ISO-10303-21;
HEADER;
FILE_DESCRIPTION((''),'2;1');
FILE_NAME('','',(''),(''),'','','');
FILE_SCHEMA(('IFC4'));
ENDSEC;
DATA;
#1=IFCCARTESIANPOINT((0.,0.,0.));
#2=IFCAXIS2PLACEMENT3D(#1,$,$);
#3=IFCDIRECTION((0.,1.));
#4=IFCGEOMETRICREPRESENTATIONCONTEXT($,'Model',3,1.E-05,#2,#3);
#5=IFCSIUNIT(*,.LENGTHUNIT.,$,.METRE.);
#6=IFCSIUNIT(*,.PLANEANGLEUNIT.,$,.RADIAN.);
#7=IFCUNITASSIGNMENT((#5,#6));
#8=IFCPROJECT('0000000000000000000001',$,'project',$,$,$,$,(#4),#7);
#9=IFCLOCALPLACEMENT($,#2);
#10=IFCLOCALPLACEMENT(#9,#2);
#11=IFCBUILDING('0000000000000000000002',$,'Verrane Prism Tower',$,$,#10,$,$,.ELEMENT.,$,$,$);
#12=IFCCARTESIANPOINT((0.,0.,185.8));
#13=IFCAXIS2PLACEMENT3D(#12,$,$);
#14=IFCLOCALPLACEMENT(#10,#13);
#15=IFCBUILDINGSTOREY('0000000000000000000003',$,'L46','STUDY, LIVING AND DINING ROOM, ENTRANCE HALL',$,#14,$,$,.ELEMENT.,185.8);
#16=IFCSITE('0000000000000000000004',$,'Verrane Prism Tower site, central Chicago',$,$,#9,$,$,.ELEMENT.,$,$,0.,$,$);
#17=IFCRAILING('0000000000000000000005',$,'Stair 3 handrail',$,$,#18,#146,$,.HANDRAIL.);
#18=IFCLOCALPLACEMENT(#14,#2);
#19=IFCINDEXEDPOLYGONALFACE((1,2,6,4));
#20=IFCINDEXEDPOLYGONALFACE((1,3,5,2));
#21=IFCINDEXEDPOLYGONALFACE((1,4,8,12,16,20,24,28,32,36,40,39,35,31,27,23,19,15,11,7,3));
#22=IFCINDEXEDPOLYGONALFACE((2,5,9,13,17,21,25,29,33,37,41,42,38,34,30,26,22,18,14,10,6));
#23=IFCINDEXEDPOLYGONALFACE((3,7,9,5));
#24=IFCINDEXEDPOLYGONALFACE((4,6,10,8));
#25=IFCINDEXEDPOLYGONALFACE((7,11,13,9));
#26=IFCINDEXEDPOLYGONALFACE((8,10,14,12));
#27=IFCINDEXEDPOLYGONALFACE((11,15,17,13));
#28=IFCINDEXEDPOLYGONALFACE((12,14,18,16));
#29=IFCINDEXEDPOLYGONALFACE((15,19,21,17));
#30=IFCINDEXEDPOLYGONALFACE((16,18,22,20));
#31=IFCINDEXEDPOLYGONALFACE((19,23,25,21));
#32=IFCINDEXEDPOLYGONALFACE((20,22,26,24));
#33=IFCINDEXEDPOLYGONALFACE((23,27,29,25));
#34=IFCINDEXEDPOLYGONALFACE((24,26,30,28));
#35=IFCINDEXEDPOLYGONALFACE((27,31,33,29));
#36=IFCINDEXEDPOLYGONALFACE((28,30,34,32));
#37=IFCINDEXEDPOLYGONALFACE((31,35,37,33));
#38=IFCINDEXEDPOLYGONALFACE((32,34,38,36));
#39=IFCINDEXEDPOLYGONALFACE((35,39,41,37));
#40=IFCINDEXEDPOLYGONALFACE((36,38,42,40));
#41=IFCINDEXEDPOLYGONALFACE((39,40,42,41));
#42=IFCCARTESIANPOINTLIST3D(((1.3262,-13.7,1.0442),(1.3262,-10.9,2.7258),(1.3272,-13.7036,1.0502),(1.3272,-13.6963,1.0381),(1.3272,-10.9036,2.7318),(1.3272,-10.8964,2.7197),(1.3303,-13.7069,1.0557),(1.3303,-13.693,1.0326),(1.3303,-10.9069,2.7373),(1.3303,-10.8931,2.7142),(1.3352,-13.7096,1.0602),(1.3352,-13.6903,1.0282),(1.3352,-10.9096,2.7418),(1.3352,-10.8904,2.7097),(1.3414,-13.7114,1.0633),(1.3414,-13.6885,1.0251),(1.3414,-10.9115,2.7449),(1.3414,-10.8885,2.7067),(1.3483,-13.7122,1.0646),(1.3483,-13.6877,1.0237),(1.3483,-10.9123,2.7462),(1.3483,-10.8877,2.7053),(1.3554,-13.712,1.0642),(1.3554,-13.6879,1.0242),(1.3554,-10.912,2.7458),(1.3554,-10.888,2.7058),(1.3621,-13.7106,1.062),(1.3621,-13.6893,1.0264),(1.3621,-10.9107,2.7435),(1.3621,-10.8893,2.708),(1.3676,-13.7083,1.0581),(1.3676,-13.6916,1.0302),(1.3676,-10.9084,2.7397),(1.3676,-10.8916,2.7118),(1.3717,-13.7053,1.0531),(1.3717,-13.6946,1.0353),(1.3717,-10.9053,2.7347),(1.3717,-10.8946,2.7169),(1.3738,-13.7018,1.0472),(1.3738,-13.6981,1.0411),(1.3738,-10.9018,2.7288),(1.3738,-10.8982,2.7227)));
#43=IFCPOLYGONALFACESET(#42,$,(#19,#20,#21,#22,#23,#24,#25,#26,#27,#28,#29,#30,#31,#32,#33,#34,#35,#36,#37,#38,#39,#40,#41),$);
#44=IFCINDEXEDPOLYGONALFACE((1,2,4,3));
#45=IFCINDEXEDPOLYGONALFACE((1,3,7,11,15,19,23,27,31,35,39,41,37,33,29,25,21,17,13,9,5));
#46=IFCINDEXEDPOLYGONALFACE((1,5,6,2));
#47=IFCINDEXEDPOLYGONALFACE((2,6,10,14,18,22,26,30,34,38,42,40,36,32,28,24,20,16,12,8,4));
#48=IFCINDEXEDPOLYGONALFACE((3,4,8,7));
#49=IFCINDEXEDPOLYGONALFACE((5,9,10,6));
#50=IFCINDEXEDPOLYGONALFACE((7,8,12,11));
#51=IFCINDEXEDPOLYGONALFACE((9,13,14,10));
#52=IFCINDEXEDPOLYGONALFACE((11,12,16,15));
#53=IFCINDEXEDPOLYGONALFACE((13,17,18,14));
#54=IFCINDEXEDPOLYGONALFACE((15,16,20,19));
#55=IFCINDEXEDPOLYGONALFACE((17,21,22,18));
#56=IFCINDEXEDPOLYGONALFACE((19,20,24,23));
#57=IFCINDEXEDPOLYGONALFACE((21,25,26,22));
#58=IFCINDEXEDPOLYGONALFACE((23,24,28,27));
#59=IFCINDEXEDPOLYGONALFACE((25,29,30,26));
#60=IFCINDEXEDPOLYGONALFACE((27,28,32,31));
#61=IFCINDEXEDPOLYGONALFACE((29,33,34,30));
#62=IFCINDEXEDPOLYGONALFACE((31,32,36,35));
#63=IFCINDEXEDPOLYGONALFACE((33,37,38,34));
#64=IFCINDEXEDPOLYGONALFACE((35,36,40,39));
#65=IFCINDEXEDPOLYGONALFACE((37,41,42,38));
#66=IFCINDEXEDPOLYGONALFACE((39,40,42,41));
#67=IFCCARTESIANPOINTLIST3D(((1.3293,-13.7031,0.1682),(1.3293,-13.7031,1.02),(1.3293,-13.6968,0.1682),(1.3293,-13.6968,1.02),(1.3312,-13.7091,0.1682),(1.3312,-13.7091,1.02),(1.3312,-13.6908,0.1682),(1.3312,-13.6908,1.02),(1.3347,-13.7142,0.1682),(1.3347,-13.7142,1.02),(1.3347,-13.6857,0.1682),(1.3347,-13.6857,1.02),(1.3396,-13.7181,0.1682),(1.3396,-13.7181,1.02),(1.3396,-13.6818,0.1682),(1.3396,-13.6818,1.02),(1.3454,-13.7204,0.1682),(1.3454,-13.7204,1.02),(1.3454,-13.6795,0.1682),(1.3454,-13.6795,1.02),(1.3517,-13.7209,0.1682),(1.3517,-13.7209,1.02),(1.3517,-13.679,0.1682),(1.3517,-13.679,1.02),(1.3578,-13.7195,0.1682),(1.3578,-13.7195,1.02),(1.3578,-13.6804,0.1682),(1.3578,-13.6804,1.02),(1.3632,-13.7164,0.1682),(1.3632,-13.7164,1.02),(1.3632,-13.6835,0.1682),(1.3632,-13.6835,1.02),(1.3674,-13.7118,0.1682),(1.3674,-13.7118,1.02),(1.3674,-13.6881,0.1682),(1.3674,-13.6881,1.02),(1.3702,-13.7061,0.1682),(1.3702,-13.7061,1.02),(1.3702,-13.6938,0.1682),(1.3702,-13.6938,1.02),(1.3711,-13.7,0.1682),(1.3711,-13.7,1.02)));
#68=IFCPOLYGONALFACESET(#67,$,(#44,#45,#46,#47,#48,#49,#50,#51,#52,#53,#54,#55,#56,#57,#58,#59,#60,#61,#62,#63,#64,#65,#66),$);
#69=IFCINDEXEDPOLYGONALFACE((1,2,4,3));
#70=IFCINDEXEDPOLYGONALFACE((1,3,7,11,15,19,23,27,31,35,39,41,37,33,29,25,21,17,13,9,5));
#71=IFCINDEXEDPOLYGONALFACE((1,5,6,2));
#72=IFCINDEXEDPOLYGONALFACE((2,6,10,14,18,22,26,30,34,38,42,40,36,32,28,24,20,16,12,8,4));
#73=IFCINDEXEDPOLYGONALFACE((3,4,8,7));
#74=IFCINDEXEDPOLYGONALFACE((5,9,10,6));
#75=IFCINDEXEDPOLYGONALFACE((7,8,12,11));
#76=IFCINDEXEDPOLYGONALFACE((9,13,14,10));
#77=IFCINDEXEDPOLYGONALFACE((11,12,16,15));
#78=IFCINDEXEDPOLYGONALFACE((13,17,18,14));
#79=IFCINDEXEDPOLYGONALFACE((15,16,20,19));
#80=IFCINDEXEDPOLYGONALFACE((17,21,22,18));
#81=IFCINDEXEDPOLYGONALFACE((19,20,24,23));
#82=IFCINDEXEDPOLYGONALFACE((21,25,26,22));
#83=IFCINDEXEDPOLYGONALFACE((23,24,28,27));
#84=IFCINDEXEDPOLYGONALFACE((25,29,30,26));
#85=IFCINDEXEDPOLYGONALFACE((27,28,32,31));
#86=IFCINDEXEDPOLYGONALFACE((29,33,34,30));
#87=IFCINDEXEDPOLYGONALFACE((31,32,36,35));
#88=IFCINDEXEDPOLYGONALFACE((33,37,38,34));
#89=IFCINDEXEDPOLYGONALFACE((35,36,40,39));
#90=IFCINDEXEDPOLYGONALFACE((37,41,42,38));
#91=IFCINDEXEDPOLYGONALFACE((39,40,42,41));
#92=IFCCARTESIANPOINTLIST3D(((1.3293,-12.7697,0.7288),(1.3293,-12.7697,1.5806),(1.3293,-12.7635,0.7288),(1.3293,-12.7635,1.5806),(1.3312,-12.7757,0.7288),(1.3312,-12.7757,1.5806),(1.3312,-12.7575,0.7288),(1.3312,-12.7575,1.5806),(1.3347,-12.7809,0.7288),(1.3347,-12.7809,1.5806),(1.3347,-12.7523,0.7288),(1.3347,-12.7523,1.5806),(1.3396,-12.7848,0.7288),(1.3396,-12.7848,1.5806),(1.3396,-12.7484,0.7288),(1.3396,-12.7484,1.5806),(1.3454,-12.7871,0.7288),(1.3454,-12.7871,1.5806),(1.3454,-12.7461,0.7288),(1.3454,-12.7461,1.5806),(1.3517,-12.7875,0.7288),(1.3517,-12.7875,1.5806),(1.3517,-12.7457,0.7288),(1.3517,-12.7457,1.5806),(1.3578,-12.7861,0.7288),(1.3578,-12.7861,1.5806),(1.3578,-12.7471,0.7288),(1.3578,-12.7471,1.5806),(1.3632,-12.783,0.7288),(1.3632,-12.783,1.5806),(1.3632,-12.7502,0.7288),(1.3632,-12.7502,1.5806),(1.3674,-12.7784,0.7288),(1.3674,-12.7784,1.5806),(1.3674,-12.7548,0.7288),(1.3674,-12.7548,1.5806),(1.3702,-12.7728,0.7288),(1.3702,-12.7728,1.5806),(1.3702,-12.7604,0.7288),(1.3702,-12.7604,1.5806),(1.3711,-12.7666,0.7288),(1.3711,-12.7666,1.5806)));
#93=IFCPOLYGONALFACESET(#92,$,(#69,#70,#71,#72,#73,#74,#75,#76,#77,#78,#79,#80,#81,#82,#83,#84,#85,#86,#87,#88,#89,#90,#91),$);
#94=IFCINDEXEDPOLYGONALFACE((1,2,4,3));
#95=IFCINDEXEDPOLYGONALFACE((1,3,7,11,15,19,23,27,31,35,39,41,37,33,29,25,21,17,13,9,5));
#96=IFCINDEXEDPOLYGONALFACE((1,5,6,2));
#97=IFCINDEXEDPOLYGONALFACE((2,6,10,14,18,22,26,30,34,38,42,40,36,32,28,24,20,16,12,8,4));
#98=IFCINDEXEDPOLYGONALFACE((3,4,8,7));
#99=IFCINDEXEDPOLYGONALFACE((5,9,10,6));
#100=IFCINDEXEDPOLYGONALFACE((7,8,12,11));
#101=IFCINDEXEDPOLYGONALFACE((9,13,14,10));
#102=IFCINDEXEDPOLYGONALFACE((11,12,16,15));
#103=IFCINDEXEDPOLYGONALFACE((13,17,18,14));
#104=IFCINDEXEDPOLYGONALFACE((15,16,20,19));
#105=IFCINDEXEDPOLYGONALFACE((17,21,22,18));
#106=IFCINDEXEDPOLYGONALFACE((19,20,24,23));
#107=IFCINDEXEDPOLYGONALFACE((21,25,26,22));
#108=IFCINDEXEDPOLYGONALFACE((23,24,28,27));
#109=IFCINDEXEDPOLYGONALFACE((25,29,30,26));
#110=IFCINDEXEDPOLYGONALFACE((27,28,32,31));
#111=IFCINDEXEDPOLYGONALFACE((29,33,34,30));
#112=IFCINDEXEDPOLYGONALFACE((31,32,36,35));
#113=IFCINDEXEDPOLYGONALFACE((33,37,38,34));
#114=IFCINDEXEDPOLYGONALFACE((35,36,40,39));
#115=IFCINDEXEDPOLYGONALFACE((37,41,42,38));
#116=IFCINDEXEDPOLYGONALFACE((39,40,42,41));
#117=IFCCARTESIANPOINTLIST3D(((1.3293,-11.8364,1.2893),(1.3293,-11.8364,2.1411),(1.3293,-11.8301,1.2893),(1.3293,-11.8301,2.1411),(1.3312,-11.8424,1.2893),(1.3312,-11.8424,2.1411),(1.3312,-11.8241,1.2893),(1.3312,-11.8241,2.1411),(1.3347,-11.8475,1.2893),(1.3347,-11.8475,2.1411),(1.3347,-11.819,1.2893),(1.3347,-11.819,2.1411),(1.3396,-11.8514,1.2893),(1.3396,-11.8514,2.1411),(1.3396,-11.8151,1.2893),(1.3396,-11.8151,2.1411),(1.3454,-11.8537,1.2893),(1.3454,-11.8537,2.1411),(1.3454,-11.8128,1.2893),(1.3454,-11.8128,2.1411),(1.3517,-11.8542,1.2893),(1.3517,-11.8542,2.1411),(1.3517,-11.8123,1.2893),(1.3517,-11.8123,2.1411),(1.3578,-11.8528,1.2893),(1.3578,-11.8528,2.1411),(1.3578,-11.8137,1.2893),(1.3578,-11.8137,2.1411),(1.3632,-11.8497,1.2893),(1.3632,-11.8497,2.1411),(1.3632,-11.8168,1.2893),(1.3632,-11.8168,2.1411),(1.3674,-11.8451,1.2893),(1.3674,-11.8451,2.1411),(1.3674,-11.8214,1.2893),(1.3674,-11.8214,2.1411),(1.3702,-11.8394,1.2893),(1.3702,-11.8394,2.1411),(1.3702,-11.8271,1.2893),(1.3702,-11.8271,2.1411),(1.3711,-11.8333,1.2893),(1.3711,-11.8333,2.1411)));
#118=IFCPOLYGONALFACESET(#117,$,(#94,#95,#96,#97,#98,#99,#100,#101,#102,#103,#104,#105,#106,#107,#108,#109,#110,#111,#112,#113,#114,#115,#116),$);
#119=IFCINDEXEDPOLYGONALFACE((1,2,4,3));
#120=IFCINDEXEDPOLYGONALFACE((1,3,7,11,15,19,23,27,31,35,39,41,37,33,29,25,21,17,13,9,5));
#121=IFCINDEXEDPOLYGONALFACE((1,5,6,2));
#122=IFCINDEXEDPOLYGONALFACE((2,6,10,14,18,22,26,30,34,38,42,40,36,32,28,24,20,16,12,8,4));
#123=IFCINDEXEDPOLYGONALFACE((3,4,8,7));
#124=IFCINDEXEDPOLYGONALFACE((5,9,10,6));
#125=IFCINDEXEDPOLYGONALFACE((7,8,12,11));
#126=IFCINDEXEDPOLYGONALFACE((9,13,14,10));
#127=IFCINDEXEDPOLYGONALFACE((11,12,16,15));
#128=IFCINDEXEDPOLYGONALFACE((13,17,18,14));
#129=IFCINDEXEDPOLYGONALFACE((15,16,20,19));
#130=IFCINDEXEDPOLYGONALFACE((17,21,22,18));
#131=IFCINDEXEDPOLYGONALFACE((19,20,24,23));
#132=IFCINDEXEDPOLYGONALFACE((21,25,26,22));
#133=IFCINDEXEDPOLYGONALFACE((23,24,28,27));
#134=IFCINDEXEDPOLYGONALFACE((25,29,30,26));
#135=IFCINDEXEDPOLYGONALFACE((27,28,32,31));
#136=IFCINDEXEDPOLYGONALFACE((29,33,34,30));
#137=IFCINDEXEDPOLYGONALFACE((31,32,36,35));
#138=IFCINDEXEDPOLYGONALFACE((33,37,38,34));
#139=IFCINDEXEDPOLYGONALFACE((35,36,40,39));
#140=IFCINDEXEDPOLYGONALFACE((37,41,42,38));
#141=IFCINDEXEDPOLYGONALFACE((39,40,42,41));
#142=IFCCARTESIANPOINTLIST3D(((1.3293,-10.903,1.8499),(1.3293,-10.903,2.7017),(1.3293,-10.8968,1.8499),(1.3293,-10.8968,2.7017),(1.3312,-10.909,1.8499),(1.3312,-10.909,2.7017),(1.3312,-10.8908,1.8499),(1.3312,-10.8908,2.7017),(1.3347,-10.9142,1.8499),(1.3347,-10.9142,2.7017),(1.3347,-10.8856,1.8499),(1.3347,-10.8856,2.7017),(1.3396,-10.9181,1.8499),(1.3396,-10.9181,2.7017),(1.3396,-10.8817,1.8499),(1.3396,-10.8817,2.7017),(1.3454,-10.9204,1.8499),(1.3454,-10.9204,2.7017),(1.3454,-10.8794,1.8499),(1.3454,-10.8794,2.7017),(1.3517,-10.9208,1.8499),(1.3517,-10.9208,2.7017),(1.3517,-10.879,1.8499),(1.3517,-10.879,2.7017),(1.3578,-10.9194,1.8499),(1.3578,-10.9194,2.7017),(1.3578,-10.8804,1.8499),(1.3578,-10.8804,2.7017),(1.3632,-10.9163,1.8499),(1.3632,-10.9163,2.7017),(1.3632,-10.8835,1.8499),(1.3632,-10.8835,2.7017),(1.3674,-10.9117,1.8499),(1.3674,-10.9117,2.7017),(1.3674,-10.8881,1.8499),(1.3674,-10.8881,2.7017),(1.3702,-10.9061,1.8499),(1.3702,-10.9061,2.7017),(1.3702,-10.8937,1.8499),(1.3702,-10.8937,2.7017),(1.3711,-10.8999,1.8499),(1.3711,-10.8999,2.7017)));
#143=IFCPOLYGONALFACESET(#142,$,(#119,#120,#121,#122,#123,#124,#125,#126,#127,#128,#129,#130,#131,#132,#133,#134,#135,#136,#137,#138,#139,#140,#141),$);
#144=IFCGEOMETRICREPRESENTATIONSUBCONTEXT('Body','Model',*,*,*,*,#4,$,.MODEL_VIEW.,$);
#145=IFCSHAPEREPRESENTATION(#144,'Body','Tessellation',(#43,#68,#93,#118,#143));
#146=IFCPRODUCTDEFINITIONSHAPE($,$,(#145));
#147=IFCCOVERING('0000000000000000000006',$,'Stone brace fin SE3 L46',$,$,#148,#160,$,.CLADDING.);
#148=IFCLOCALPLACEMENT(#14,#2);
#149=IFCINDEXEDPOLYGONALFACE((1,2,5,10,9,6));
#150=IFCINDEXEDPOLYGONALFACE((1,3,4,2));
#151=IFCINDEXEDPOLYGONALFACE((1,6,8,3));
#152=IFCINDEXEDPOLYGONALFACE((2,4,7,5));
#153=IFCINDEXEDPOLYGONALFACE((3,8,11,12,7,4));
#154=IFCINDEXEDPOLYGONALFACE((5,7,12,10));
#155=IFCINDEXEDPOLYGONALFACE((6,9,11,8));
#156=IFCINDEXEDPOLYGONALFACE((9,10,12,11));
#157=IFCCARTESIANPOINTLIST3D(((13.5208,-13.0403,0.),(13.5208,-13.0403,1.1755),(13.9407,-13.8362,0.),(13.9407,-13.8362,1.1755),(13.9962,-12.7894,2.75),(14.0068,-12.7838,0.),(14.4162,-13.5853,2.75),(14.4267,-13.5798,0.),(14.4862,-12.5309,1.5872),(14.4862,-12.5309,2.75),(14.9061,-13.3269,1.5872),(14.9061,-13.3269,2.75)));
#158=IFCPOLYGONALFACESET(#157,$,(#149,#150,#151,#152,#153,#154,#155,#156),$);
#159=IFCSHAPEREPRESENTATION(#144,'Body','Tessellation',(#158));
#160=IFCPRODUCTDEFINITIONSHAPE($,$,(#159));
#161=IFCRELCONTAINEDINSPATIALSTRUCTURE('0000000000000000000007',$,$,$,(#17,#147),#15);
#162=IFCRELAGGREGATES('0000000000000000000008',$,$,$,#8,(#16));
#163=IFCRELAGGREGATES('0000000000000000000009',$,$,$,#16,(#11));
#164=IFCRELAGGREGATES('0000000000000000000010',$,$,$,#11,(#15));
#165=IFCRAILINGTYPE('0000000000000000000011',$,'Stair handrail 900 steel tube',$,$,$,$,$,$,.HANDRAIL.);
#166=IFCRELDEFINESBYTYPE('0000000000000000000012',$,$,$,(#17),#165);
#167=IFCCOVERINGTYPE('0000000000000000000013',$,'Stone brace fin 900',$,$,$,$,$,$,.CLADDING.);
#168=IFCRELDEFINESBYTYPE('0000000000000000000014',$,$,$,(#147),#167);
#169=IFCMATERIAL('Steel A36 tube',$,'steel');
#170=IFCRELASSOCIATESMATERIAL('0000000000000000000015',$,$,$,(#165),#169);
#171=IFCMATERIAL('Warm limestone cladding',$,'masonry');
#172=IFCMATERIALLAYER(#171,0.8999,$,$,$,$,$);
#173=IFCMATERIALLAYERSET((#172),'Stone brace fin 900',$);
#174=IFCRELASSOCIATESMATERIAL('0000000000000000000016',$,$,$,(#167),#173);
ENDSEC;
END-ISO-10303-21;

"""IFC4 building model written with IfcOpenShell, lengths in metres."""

from ifc_helpers import new_model, si_unit, direction, frame, origin, origin_2d, place, context, subcontext, project, spatial, polyline, circle, outline, extrude, material, layer, layer_set, type_object, element, save


model = new_model("IFC4")

# Units and contexts
model_context = context("Model", 3, precision=1e-05, world=origin(), true_north=direction((0.0, 1.0)))
body_context = subcontext(model_context, "Body", "Model", "MODEL_VIEW")
ifc_project = project(units=[si_unit("LENGTHUNIT", "METRE"), si_unit("PLANEANGLEUNIT", "RADIAN")], contexts=[model_context])

# Site, building, storey
site_placement = place(None, origin())
site = spatial("IfcSite", under=ifc_project, at=site_placement, Name="Verrane Prism Tower site, central Chicago", CompositionType="ELEMENT", RefElevation=0.0)
building_placement = place(site_placement, origin())
building = spatial("IfcBuilding", under=site, at=building_placement, Name="Verrane Prism Tower", CompositionType="ELEMENT")
storey_placement = place(building_placement, frame((0.0, 0.0, 185.8)))
storey = spatial("IfcBuildingStorey", under=building, at=storey_placement, Name="L46", Description="STUDY, LIVING AND DINING ROOM, ENTRANCE HALL", CompositionType="ELEMENT", Elevation=185.8)

# Railing
ifc_material_1 = material(Name="Steel A36 tube", Category="steel")
railing_type_1 = type_object("IfcRailingType", Name="Stair handrail 900 steel tube", PredefinedType="HANDRAIL", material=ifc_material_1)
railing_1_placement = place(storey_placement, frame((1.3501, -13.7, 0.1682)))
element("IfcRailing", 1, at=railing_1_placement, inside=storey, type_object=railing_type_1, Name="Stair 3 handrail", PredefinedType="HANDRAIL", context=body_context, shape_type="SweptSolid", body=[
    extrude(circle(Radius=0.0239, at=origin_2d()), frame((0.0, 0.0, 0.876), z_axis=(0.0, 0.857275, 0.514858), x_axis=(-1.0, 0.0, 0.0)), (0.0, 0.0, 1.0), 3.2661),
    extrude(circle(Radius=0.021, at=origin_2d()), origin(), (0.0, 0.0, 1.0), 0.8518),
    extrude(circle(Radius=0.021, at=origin_2d()), frame((0.0, 0.9333, 0.5605)), (0.0, 0.0, 1.0), 0.8518),
    extrude(circle(Radius=0.021, at=origin_2d()), frame((0.0, 1.8667, 1.1211)), (0.0, 0.0, 1.0), 0.8518),
    extrude(circle(Radius=0.021, at=origin_2d()), frame((0.0, 2.8, 1.6816)), (0.0, 0.0, 1.0), 0.8518),
])

# Covering
ifc_material_2 = material(Name="Warm limestone cladding", Category="masonry")
ifc_layer_1 = layer(ifc_material_2, 0.8999)
ifc_layer_set_1 = layer_set([ifc_layer_1], Name="Stone brace fin 900")
covering_type = type_object("IfcCoveringType", Name="Stone brace fin 900", PredefinedType="CLADDING", material=ifc_layer_set_1)
covering_placement = place(storey_placement, frame((13.7307, -13.4382, 0.0), z_axis=(0.0, 0.0, 1.0), x_axis=(0.884462, 0.466613, 0.0)))
element("IfcCovering", 2, at=covering_placement, inside=storey, type_object=covering_type, Name="Stone brace fin SE3 L46", PredefinedType="CLADDING", context=body_context, shape_type="SweptSolid", body=[
    extrude(outline(polyline([(1.0916, 2.75), (0.5376, 2.75), (0.0, 1.1755), (0.0, 0.0), (0.5496, 0.0), (1.0916, 1.5872), (1.0916, 2.75)])), frame((0.0, 0.45, 0.0), z_axis=(0.0, -1.0, 0.0), x_axis=(1.0, 0.0, 0.0)), (0.0, 0.0, 1.0), 0.8999),
])

save(model, "model.ifc")
